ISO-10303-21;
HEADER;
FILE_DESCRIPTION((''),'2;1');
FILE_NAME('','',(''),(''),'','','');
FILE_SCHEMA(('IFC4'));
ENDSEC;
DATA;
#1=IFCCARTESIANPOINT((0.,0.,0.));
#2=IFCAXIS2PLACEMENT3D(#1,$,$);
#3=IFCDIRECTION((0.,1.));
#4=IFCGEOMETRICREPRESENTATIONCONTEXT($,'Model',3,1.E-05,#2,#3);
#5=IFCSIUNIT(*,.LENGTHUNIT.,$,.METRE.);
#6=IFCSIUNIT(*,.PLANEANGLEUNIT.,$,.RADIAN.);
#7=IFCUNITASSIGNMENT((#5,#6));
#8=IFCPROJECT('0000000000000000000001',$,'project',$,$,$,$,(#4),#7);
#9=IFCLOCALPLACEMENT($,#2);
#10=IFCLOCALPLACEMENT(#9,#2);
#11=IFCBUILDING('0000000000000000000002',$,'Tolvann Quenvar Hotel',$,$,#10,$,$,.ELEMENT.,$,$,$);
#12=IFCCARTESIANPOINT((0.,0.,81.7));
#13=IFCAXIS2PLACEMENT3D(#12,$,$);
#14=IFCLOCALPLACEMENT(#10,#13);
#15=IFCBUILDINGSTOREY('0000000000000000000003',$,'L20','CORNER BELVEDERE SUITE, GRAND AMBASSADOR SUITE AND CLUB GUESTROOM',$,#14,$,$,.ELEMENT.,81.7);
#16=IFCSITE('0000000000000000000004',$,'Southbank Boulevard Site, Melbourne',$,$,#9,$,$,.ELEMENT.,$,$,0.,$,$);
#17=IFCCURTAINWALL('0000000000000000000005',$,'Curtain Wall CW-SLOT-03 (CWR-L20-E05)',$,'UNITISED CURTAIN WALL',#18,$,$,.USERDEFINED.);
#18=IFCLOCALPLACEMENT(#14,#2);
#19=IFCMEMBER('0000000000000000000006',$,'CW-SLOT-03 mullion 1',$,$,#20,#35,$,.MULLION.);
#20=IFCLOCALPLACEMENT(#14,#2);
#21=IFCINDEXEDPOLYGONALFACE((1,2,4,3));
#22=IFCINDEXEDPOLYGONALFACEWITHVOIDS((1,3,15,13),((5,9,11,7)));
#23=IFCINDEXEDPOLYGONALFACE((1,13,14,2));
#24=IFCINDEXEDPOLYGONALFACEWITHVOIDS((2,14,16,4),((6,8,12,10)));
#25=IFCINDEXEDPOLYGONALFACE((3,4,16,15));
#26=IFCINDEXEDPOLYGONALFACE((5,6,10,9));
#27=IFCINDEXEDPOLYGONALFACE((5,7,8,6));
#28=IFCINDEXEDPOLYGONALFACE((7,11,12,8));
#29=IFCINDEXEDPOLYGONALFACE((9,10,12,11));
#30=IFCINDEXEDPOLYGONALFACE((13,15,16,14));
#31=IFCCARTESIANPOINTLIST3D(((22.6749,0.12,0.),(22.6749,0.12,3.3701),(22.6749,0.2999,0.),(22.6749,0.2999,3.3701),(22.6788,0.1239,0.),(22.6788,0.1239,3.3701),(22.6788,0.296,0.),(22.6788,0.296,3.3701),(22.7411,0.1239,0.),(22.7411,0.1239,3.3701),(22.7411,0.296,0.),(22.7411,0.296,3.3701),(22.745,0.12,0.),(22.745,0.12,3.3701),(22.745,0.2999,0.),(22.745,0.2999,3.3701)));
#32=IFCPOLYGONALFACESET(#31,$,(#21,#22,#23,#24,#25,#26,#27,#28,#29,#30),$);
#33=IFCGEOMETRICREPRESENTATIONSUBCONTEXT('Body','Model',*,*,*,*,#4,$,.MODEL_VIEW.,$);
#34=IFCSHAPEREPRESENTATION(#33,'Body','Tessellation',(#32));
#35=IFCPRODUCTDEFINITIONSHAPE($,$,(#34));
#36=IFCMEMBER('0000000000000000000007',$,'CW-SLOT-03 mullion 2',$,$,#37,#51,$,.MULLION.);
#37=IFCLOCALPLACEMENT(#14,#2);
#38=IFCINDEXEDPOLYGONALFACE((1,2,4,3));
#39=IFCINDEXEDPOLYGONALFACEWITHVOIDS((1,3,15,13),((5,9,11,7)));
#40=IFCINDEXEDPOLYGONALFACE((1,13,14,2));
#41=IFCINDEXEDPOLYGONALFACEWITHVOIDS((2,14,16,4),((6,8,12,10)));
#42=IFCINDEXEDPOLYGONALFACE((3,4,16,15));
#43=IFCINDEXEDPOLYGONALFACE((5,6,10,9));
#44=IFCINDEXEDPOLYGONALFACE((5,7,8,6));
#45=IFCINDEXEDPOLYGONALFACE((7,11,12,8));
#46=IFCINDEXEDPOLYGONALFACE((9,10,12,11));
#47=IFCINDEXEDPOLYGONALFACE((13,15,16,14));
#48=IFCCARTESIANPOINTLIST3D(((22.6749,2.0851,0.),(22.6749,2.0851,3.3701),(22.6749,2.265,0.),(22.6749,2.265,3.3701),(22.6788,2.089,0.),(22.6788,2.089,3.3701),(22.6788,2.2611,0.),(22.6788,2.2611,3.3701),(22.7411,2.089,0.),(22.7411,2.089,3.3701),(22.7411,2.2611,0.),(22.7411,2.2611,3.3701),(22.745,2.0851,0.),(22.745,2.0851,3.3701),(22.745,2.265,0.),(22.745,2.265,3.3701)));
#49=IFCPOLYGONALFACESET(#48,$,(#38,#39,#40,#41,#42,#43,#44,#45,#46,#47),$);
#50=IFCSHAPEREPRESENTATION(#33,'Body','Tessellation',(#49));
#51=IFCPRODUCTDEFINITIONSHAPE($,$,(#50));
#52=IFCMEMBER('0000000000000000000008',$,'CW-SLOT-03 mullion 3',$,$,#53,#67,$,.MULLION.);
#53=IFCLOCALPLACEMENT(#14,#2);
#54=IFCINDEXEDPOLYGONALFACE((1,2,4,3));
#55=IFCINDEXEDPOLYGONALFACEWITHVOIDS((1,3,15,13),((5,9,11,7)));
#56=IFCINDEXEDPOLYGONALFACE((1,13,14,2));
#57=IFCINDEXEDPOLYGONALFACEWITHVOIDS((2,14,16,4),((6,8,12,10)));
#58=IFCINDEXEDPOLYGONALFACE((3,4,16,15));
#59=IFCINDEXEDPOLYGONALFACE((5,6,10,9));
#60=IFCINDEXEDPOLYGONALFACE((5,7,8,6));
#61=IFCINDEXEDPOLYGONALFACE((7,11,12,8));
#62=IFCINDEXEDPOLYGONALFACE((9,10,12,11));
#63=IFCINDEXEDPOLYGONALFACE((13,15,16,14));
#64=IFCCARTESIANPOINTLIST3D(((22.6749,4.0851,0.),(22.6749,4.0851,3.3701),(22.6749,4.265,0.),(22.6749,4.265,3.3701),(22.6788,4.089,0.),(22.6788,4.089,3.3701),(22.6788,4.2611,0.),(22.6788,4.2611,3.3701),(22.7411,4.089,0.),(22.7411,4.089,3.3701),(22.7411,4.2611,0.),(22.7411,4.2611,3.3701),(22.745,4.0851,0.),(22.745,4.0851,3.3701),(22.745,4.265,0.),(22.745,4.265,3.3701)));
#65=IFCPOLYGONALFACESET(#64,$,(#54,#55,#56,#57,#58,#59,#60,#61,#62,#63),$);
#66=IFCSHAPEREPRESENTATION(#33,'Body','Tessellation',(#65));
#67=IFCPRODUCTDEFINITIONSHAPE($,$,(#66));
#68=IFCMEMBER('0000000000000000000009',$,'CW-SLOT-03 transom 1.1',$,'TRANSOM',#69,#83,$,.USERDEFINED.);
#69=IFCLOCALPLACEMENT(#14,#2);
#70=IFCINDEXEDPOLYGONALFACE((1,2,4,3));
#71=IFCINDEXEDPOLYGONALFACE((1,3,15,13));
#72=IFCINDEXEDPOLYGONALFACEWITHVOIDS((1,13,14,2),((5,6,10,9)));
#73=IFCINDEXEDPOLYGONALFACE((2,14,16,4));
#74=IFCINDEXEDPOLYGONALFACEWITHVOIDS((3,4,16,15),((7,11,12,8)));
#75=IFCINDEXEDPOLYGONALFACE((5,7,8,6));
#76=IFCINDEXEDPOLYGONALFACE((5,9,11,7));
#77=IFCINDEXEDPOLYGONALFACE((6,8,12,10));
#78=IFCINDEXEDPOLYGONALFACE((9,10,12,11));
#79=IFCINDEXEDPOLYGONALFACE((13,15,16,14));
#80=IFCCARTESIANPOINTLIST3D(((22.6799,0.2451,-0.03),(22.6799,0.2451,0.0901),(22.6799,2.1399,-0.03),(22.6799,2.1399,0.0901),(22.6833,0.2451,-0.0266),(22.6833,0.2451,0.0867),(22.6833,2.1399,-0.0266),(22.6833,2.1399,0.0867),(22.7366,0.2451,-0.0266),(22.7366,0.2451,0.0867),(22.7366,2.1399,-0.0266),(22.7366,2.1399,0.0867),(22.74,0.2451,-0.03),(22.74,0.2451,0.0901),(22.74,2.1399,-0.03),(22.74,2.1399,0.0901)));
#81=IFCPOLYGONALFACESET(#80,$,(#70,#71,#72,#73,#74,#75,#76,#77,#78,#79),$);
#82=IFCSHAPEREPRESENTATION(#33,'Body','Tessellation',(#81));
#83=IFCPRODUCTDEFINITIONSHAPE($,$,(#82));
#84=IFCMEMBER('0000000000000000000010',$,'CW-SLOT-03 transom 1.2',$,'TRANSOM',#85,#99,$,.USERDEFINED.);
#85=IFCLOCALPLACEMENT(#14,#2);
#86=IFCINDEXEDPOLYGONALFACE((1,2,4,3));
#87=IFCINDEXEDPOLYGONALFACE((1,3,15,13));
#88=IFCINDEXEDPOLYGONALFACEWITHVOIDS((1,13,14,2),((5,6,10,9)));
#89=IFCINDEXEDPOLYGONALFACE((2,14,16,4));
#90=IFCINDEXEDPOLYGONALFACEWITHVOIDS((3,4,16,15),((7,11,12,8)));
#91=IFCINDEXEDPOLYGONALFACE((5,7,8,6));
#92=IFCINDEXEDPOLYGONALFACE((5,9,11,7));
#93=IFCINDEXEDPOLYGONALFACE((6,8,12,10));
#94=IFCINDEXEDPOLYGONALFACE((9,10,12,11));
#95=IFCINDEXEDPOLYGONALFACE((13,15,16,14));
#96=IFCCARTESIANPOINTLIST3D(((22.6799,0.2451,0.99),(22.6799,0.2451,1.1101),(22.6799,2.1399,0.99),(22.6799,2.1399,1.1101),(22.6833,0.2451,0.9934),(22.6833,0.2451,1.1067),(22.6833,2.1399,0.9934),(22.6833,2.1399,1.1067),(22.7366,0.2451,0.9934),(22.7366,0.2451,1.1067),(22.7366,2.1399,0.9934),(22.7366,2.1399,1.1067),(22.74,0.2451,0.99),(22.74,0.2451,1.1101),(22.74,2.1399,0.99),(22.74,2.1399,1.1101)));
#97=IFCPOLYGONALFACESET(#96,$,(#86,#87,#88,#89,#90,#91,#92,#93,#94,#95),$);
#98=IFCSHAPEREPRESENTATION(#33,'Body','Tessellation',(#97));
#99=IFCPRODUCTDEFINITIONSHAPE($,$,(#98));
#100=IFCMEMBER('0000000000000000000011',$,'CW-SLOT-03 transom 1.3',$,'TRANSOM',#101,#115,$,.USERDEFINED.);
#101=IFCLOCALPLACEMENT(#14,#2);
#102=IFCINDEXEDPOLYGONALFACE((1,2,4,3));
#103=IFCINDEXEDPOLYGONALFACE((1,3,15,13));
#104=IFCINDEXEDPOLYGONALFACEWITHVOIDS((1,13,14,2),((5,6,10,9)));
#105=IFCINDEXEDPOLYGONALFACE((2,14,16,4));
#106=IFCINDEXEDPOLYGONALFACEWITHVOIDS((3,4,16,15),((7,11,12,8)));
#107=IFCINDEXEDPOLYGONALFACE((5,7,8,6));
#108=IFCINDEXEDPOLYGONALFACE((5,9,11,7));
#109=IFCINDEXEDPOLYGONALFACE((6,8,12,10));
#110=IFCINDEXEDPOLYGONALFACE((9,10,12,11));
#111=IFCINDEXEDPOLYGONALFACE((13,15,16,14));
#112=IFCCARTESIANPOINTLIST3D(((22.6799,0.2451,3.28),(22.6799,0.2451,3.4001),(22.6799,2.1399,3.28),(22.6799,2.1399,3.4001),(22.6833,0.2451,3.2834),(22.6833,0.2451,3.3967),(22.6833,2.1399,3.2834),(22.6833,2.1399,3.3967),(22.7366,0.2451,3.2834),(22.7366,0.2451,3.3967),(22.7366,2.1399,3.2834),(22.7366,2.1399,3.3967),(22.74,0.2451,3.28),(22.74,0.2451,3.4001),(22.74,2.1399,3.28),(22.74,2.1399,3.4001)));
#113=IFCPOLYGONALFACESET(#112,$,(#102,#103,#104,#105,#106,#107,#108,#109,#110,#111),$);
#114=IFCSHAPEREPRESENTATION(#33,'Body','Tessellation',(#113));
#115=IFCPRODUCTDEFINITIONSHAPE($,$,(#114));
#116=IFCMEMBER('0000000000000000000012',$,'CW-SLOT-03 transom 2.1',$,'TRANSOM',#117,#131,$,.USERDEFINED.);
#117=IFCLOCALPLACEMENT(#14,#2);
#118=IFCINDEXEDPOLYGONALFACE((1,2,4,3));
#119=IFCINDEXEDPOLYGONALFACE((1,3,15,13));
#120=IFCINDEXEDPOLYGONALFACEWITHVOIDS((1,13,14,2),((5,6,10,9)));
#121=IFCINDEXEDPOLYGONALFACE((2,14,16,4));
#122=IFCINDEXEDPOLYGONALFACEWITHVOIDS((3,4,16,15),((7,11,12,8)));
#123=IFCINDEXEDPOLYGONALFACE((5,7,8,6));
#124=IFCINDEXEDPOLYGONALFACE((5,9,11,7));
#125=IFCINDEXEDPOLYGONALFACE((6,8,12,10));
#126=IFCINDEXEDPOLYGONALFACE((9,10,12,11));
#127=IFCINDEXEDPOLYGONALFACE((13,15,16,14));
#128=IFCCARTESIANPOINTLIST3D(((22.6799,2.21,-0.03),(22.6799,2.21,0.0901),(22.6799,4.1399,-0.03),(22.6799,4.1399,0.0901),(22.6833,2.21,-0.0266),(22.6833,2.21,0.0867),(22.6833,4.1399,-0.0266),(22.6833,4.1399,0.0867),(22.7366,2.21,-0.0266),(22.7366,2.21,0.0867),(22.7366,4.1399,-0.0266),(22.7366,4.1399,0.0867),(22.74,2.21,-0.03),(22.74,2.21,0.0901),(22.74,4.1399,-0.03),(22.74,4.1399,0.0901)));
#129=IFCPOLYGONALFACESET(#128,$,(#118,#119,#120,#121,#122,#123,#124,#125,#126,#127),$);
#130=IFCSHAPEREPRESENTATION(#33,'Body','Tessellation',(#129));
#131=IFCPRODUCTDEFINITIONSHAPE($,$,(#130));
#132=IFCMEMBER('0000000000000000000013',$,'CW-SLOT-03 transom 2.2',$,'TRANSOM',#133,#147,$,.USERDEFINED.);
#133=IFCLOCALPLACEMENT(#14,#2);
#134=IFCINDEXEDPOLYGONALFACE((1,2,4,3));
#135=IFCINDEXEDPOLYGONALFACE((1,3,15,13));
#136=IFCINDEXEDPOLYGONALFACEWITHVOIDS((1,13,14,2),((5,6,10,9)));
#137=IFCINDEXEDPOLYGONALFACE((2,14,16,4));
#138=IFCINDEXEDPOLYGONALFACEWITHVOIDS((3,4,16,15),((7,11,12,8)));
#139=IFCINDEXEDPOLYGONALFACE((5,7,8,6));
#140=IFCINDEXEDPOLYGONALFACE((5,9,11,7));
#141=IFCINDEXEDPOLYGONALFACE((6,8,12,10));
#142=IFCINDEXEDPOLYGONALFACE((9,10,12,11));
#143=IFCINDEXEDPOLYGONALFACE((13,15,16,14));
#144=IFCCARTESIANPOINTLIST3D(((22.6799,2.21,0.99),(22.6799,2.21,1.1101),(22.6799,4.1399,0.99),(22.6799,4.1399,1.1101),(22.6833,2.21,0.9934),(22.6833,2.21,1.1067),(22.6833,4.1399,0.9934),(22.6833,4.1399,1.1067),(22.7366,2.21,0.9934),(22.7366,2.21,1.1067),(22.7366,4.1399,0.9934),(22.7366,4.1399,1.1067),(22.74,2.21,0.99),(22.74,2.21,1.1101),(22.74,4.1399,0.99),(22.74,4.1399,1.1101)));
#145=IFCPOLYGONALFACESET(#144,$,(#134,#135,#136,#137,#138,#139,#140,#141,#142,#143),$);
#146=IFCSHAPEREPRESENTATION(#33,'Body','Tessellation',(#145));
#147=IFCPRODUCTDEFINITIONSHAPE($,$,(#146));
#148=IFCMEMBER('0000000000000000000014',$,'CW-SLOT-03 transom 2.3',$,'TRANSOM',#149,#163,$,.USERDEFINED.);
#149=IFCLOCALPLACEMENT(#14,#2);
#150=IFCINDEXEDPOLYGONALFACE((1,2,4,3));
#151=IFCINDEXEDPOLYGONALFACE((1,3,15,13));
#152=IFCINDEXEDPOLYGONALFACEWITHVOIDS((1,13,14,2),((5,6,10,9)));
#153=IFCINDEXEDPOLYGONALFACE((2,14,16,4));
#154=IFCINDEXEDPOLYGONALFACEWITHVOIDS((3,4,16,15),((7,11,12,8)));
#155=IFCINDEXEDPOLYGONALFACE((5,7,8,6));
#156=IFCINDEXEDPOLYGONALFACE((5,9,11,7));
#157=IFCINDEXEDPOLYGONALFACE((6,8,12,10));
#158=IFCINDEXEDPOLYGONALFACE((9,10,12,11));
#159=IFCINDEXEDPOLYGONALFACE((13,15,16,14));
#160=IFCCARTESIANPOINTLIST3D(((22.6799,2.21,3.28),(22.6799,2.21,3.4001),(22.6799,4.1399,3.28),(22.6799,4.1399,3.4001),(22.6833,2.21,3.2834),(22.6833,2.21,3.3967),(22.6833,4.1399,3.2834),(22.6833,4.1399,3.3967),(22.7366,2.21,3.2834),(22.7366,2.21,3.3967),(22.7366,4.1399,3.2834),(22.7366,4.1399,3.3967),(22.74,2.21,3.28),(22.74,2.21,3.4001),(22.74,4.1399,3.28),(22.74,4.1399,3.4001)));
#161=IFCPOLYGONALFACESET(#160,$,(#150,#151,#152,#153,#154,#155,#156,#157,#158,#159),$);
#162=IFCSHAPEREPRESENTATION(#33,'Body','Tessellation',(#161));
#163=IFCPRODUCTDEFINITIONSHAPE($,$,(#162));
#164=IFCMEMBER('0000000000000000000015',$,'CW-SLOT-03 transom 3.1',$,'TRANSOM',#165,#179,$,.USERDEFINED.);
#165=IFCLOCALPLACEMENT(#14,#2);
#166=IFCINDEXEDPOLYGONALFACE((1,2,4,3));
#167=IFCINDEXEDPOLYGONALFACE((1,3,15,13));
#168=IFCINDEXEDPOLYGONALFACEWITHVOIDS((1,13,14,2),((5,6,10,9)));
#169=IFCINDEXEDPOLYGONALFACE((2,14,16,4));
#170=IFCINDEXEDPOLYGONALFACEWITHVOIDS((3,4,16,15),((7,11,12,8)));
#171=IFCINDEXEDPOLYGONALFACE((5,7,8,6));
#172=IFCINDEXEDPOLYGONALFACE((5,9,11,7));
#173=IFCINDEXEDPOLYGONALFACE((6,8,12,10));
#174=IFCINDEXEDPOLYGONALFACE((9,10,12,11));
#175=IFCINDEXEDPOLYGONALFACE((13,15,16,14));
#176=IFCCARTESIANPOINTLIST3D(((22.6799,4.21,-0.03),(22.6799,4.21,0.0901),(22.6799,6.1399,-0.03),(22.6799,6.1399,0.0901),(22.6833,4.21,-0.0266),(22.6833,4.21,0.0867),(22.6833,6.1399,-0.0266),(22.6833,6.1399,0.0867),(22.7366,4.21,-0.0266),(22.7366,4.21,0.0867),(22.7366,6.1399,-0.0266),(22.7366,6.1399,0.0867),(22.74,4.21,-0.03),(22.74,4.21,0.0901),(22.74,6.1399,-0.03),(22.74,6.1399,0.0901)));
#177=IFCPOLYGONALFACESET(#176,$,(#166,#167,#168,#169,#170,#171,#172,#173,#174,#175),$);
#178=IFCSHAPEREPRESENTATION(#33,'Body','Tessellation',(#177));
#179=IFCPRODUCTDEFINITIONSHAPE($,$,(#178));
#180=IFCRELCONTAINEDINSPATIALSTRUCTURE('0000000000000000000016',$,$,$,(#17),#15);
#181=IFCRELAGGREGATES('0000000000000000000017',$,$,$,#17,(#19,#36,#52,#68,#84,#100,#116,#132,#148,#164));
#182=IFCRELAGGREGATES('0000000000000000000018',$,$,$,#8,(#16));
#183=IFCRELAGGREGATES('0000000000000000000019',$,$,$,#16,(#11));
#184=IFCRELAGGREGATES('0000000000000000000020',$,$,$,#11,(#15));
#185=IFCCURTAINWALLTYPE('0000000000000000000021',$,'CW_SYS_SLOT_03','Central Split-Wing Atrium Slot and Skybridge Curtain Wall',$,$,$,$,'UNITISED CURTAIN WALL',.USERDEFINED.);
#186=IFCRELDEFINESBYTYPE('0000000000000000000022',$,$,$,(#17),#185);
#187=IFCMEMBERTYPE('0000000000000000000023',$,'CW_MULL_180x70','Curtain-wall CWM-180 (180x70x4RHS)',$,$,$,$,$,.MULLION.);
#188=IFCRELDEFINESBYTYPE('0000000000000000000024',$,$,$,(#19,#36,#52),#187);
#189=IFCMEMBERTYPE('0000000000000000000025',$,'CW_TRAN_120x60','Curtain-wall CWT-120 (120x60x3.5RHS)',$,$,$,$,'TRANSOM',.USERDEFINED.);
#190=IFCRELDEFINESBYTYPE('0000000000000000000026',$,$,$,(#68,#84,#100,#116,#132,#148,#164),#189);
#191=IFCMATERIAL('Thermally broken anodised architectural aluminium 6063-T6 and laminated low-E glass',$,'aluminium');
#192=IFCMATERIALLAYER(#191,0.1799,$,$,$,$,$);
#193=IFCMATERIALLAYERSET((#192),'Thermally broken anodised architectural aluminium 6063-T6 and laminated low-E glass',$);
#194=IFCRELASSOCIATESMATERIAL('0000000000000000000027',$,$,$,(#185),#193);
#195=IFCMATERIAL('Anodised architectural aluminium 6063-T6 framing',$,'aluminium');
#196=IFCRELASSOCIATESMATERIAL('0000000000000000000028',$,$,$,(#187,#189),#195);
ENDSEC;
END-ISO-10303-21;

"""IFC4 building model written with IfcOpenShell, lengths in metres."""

from ifc_helpers import new_model, si_unit, direction, frame, origin, origin_2d, place, context, subcontext, project, spatial, hollow_rectangle, extrude, source, transform, mapped, material, layer, layer_set, material_profile, profile_set, type_object, type_shapes, element, aggregate, save


model = new_model("IFC4")

# Units and contexts
model_context = context("Model", 3, precision=1e-05, world=origin(), true_north=direction((0.0, 1.0)))
body_context = subcontext(model_context, "Body", "Model", "MODEL_VIEW")
ifc_project = project(units=[si_unit("LENGTHUNIT", "METRE"), si_unit("PLANEANGLEUNIT", "RADIAN")], contexts=[model_context])

# Site, building, storey
site_placement = place(None, origin())
site = spatial("IfcSite", under=ifc_project, at=site_placement, Name="Southbank Boulevard Site, Melbourne", CompositionType="ELEMENT", RefElevation=0.0)
building_placement = place(site_placement, origin())
building = spatial("IfcBuilding", under=site, at=building_placement, Name="Tolvann Quenvar Hotel", CompositionType="ELEMENT")
storey_placement = place(building_placement, frame((0.0, 0.0, 81.7)))
storey = spatial("IfcBuildingStorey", under=building, at=storey_placement, Name="L20", Description="CORNER BELVEDERE SUITE, GRAND AMBASSADOR SUITE AND CLUB GUESTROOM", CompositionType="ELEMENT", Elevation=81.7)

# Curtain wall, members
ifc_material_1 = material(Name="Thermally broken anodised architectural aluminium 6063-T6 and laminated low-E glass", Category="aluminium")
ifc_layer_1 = layer(ifc_material_1, 0.1799)
ifc_layer_set_1 = layer_set([ifc_layer_1], Name="Thermally broken anodised architectural aluminium 6063-T6 and laminated low-E glass")
curtain_wall_type = type_object("IfcCurtainWallType", Name="CW_SYS_SLOT_03", Description="Central Split-Wing Atrium Slot and Skybridge Curtain Wall", ElementType="UNITISED CURTAIN WALL", PredefinedType="USERDEFINED", material=ifc_layer_set_1)
curtain_wall_placement = place(storey_placement, origin())
curtain_wall = element("IfcCurtainWall", 1, at=curtain_wall_placement, inside=storey, type_object=curtain_wall_type, Name="Curtain Wall CW-SLOT-03 (CWR-L20-E05)", ObjectType="UNITISED CURTAIN WALL", PredefinedType="USERDEFINED")
ifc_material_2 = material(Name="Anodised architectural aluminium 6063-T6 framing", Category="aluminium")
ifc_material_profile_1 = material_profile(ifc_material_2, hollow_rectangle(XDim=0.0701, YDim=0.1799, WallThickness=0.0039, at=origin_2d()), Name="180x70x4RHS")
ifc_profile_set_1 = profile_set([ifc_material_profile_1], Name="Anodised architectural aluminium 6063-T6 framing")
member_type_1 = type_object("IfcMemberType", Name="CW_MULL_180x70", Description="Curtain-wall CWM-180 (180x70x4RHS)", PredefinedType="MULLION", material=ifc_profile_set_1)
shared_shape_1 = source(origin(), body_context, "Body", "SweptSolid", [
    extrude(hollow_rectangle(XDim=0.0701, YDim=0.1799, WallThickness=0.0039, at=origin_2d()), origin(), (0.0, 0.0, 1.0), 3.3701),
])
type_shapes(member_type_1, [shared_shape_1])
member_1_placement = place(storey_placement, frame((22.71, 0.21, 0.0), z_axis=(0.0, 0.0, 1.0), x_axis=(-1.0, 0.0, 0.0)))
member_1 = element("IfcMember", 2, at=member_1_placement, type_object=member_type_1, Name="CW-SLOT-03 mullion 1", PredefinedType="MULLION", context=body_context, shape_type="MappedRepresentation", body=[
    mapped(shared_shape_1, transform((0.0, 0.0, 0.0), x_axis=(1.0, 0.0, 0.0), y_axis=(0.0, 1.0, 0.0), z_axis=(0.0, 0.0, 1.0), scale=1.0)),
])
member_2_placement = place(storey_placement, frame((22.71, 2.175, 0.0), z_axis=(0.0, 0.0, 1.0), x_axis=(-1.0, 0.0, 0.0)))
member_2 = element("IfcMember", 3, at=member_2_placement, type_object=member_type_1, Name="CW-SLOT-03 mullion 2", PredefinedType="MULLION", context=body_context, shape_type="MappedRepresentation", body=[
    mapped(shared_shape_1, transform((0.0, 0.0, 0.0), x_axis=(1.0, 0.0, 0.0), y_axis=(0.0, 1.0, 0.0), z_axis=(0.0, 0.0, 1.0), scale=1.0)),
])
member_3_placement = place(storey_placement, frame((22.71, 4.175, 0.0), z_axis=(0.0, 0.0, 1.0), x_axis=(-1.0, 0.0, 0.0)))
member_3 = element("IfcMember", 4, at=member_3_placement, type_object=member_type_1, Name="CW-SLOT-03 mullion 3", PredefinedType="MULLION", context=body_context, shape_type="MappedRepresentation", body=[
    mapped(shared_shape_1, transform((0.0, 0.0, 0.0), x_axis=(1.0, 0.0, 0.0), y_axis=(0.0, 1.0, 0.0), z_axis=(0.0, 0.0, 1.0), scale=1.0)),
])
ifc_material_profile_2 = material_profile(ifc_material_2, hollow_rectangle(XDim=0.0601, YDim=0.1201, WallThickness=0.0034, at=origin_2d()), Name="120x60x3.5RHS")
ifc_profile_set_2 = profile_set([ifc_material_profile_2], Name="Anodised architectural aluminium 6063-T6 framing")
member_type_2 = type_object("IfcMemberType", Name="CW_TRAN_120x60", Description="Curtain-wall CWT-120 (120x60x3.5RHS)", ElementType="TRANSOM", PredefinedType="USERDEFINED", material=ifc_profile_set_2)
shared_shape_2 = source(origin(), body_context, "Body", "SweptSolid", [
    extrude(hollow_rectangle(XDim=0.0601, YDim=0.1201, WallThickness=0.0034, at=origin_2d()), origin(), (0.0, 0.0, 1.0), 1.8948),
])
member_4_placement = place(storey_placement, frame((22.71, 0.2451, 0.03), z_axis=(0.0, 1.0, 0.0), x_axis=(-1.0, 0.0, 0.0)))
member_4 = element("IfcMember", 5, at=member_4_placement, type_object=member_type_2, Name="CW-SLOT-03 transom 1.1", ObjectType="TRANSOM", PredefinedType="USERDEFINED", context=body_context, shape_type="MappedRepresentation", body=[
    mapped(shared_shape_2, transform((0.0, 0.0, 0.0), x_axis=(1.0, 0.0, 0.0), y_axis=(0.0, 1.0, 0.0), z_axis=(0.0, 0.0, 1.0), scale=1.0)),
])
member_5_placement = place(storey_placement, frame((22.71, 0.2451, 1.05), z_axis=(0.0, 1.0, 0.0), x_axis=(-1.0, 0.0, 0.0)))
member_5 = element("IfcMember", 6, at=member_5_placement, type_object=member_type_2, Name="CW-SLOT-03 transom 1.2", ObjectType="TRANSOM", PredefinedType="USERDEFINED", context=body_context, shape_type="MappedRepresentation", body=[
    mapped(shared_shape_2, transform((0.0, 0.0, 0.0), x_axis=(1.0, 0.0, 0.0), y_axis=(0.0, 1.0, 0.0), z_axis=(0.0, 0.0, 1.0), scale=1.0)),
])
member_6_placement = place(storey_placement, frame((22.71, 0.2451, 3.3401), z_axis=(0.0, 1.0, 0.0), x_axis=(-1.0, 0.0, 0.0)))
member_6 = element("IfcMember", 7, at=member_6_placement, type_object=member_type_2, Name="CW-SLOT-03 transom 1.3", ObjectType="TRANSOM", PredefinedType="USERDEFINED", context=body_context, shape_type="MappedRepresentation", body=[
    mapped(shared_shape_2, transform((0.0, 0.0, 0.0), x_axis=(1.0, 0.0, 0.0), y_axis=(0.0, 1.0, 0.0), z_axis=(0.0, 0.0, 1.0), scale=1.0)),
])
shared_shape_3 = source(origin(), body_context, "Body", "SweptSolid", [
    extrude(hollow_rectangle(XDim=0.0601, YDim=0.1201, WallThickness=0.0034, at=origin_2d()), origin(), (0.0, 0.0, 1.0), 1.9299),
])
type_shapes(member_type_2, [shared_shape_2, shared_shape_3])
member_7_placement = place(storey_placement, frame((22.71, 2.21, 0.03), z_axis=(0.0, 1.0, 0.0), x_axis=(-1.0, 0.0, 0.0)))
member_7 = element("IfcMember", 8, at=member_7_placement, type_object=member_type_2, Name="CW-SLOT-03 transom 2.1", ObjectType="TRANSOM", PredefinedType="USERDEFINED", context=body_context, shape_type="MappedRepresentation", body=[
    mapped(shared_shape_3, transform((0.0, 0.0, 0.0), x_axis=(1.0, 0.0, 0.0), y_axis=(0.0, 1.0, 0.0), z_axis=(0.0, 0.0, 1.0), scale=1.0)),
])
member_8_placement = place(storey_placement, frame((22.71, 2.21, 1.05), z_axis=(0.0, 1.0, 0.0), x_axis=(-1.0, 0.0, 0.0)))
member_8 = element("IfcMember", 9, at=member_8_placement, type_object=member_type_2, Name="CW-SLOT-03 transom 2.2", ObjectType="TRANSOM", PredefinedType="USERDEFINED", context=body_context, shape_type="MappedRepresentation", body=[
    mapped(shared_shape_3, transform((0.0, 0.0, 0.0), x_axis=(1.0, 0.0, 0.0), y_axis=(0.0, 1.0, 0.0), z_axis=(0.0, 0.0, 1.0), scale=1.0)),
])
member_9_placement = place(storey_placement, frame((22.71, 2.21, 3.3401), z_axis=(0.0, 1.0, 0.0), x_axis=(-1.0, 0.0, 0.0)))
member_9 = element("IfcMember", 10, at=member_9_placement, type_object=member_type_2, Name="CW-SLOT-03 transom 2.3", ObjectType="TRANSOM", PredefinedType="USERDEFINED", context=body_context, shape_type="MappedRepresentation", body=[
    mapped(shared_shape_3, transform((0.0, 0.0, 0.0), x_axis=(1.0, 0.0, 0.0), y_axis=(0.0, 1.0, 0.0), z_axis=(0.0, 0.0, 1.0), scale=1.0)),
])
member_10_placement = place(storey_placement, frame((22.71, 4.21, 0.03), z_axis=(0.0, 1.0, 0.0), x_axis=(-1.0, 0.0, 0.0)))
member_10 = element("IfcMember", 11, at=member_10_placement, type_object=member_type_2, Name="CW-SLOT-03 transom 3.1", ObjectType="TRANSOM", PredefinedType="USERDEFINED", context=body_context, shape_type="MappedRepresentation", body=[
    mapped(shared_shape_3, transform((0.0, 0.0, 0.0), x_axis=(1.0, 0.0, 0.0), y_axis=(0.0, 1.0, 0.0), z_axis=(0.0, 0.0, 1.0), scale=1.0)),
])
aggregate(curtain_wall, [member_1, member_2, member_3, member_4, member_5, member_6, member_7, member_8, member_9, member_10])

save(model, "model.ifc")
